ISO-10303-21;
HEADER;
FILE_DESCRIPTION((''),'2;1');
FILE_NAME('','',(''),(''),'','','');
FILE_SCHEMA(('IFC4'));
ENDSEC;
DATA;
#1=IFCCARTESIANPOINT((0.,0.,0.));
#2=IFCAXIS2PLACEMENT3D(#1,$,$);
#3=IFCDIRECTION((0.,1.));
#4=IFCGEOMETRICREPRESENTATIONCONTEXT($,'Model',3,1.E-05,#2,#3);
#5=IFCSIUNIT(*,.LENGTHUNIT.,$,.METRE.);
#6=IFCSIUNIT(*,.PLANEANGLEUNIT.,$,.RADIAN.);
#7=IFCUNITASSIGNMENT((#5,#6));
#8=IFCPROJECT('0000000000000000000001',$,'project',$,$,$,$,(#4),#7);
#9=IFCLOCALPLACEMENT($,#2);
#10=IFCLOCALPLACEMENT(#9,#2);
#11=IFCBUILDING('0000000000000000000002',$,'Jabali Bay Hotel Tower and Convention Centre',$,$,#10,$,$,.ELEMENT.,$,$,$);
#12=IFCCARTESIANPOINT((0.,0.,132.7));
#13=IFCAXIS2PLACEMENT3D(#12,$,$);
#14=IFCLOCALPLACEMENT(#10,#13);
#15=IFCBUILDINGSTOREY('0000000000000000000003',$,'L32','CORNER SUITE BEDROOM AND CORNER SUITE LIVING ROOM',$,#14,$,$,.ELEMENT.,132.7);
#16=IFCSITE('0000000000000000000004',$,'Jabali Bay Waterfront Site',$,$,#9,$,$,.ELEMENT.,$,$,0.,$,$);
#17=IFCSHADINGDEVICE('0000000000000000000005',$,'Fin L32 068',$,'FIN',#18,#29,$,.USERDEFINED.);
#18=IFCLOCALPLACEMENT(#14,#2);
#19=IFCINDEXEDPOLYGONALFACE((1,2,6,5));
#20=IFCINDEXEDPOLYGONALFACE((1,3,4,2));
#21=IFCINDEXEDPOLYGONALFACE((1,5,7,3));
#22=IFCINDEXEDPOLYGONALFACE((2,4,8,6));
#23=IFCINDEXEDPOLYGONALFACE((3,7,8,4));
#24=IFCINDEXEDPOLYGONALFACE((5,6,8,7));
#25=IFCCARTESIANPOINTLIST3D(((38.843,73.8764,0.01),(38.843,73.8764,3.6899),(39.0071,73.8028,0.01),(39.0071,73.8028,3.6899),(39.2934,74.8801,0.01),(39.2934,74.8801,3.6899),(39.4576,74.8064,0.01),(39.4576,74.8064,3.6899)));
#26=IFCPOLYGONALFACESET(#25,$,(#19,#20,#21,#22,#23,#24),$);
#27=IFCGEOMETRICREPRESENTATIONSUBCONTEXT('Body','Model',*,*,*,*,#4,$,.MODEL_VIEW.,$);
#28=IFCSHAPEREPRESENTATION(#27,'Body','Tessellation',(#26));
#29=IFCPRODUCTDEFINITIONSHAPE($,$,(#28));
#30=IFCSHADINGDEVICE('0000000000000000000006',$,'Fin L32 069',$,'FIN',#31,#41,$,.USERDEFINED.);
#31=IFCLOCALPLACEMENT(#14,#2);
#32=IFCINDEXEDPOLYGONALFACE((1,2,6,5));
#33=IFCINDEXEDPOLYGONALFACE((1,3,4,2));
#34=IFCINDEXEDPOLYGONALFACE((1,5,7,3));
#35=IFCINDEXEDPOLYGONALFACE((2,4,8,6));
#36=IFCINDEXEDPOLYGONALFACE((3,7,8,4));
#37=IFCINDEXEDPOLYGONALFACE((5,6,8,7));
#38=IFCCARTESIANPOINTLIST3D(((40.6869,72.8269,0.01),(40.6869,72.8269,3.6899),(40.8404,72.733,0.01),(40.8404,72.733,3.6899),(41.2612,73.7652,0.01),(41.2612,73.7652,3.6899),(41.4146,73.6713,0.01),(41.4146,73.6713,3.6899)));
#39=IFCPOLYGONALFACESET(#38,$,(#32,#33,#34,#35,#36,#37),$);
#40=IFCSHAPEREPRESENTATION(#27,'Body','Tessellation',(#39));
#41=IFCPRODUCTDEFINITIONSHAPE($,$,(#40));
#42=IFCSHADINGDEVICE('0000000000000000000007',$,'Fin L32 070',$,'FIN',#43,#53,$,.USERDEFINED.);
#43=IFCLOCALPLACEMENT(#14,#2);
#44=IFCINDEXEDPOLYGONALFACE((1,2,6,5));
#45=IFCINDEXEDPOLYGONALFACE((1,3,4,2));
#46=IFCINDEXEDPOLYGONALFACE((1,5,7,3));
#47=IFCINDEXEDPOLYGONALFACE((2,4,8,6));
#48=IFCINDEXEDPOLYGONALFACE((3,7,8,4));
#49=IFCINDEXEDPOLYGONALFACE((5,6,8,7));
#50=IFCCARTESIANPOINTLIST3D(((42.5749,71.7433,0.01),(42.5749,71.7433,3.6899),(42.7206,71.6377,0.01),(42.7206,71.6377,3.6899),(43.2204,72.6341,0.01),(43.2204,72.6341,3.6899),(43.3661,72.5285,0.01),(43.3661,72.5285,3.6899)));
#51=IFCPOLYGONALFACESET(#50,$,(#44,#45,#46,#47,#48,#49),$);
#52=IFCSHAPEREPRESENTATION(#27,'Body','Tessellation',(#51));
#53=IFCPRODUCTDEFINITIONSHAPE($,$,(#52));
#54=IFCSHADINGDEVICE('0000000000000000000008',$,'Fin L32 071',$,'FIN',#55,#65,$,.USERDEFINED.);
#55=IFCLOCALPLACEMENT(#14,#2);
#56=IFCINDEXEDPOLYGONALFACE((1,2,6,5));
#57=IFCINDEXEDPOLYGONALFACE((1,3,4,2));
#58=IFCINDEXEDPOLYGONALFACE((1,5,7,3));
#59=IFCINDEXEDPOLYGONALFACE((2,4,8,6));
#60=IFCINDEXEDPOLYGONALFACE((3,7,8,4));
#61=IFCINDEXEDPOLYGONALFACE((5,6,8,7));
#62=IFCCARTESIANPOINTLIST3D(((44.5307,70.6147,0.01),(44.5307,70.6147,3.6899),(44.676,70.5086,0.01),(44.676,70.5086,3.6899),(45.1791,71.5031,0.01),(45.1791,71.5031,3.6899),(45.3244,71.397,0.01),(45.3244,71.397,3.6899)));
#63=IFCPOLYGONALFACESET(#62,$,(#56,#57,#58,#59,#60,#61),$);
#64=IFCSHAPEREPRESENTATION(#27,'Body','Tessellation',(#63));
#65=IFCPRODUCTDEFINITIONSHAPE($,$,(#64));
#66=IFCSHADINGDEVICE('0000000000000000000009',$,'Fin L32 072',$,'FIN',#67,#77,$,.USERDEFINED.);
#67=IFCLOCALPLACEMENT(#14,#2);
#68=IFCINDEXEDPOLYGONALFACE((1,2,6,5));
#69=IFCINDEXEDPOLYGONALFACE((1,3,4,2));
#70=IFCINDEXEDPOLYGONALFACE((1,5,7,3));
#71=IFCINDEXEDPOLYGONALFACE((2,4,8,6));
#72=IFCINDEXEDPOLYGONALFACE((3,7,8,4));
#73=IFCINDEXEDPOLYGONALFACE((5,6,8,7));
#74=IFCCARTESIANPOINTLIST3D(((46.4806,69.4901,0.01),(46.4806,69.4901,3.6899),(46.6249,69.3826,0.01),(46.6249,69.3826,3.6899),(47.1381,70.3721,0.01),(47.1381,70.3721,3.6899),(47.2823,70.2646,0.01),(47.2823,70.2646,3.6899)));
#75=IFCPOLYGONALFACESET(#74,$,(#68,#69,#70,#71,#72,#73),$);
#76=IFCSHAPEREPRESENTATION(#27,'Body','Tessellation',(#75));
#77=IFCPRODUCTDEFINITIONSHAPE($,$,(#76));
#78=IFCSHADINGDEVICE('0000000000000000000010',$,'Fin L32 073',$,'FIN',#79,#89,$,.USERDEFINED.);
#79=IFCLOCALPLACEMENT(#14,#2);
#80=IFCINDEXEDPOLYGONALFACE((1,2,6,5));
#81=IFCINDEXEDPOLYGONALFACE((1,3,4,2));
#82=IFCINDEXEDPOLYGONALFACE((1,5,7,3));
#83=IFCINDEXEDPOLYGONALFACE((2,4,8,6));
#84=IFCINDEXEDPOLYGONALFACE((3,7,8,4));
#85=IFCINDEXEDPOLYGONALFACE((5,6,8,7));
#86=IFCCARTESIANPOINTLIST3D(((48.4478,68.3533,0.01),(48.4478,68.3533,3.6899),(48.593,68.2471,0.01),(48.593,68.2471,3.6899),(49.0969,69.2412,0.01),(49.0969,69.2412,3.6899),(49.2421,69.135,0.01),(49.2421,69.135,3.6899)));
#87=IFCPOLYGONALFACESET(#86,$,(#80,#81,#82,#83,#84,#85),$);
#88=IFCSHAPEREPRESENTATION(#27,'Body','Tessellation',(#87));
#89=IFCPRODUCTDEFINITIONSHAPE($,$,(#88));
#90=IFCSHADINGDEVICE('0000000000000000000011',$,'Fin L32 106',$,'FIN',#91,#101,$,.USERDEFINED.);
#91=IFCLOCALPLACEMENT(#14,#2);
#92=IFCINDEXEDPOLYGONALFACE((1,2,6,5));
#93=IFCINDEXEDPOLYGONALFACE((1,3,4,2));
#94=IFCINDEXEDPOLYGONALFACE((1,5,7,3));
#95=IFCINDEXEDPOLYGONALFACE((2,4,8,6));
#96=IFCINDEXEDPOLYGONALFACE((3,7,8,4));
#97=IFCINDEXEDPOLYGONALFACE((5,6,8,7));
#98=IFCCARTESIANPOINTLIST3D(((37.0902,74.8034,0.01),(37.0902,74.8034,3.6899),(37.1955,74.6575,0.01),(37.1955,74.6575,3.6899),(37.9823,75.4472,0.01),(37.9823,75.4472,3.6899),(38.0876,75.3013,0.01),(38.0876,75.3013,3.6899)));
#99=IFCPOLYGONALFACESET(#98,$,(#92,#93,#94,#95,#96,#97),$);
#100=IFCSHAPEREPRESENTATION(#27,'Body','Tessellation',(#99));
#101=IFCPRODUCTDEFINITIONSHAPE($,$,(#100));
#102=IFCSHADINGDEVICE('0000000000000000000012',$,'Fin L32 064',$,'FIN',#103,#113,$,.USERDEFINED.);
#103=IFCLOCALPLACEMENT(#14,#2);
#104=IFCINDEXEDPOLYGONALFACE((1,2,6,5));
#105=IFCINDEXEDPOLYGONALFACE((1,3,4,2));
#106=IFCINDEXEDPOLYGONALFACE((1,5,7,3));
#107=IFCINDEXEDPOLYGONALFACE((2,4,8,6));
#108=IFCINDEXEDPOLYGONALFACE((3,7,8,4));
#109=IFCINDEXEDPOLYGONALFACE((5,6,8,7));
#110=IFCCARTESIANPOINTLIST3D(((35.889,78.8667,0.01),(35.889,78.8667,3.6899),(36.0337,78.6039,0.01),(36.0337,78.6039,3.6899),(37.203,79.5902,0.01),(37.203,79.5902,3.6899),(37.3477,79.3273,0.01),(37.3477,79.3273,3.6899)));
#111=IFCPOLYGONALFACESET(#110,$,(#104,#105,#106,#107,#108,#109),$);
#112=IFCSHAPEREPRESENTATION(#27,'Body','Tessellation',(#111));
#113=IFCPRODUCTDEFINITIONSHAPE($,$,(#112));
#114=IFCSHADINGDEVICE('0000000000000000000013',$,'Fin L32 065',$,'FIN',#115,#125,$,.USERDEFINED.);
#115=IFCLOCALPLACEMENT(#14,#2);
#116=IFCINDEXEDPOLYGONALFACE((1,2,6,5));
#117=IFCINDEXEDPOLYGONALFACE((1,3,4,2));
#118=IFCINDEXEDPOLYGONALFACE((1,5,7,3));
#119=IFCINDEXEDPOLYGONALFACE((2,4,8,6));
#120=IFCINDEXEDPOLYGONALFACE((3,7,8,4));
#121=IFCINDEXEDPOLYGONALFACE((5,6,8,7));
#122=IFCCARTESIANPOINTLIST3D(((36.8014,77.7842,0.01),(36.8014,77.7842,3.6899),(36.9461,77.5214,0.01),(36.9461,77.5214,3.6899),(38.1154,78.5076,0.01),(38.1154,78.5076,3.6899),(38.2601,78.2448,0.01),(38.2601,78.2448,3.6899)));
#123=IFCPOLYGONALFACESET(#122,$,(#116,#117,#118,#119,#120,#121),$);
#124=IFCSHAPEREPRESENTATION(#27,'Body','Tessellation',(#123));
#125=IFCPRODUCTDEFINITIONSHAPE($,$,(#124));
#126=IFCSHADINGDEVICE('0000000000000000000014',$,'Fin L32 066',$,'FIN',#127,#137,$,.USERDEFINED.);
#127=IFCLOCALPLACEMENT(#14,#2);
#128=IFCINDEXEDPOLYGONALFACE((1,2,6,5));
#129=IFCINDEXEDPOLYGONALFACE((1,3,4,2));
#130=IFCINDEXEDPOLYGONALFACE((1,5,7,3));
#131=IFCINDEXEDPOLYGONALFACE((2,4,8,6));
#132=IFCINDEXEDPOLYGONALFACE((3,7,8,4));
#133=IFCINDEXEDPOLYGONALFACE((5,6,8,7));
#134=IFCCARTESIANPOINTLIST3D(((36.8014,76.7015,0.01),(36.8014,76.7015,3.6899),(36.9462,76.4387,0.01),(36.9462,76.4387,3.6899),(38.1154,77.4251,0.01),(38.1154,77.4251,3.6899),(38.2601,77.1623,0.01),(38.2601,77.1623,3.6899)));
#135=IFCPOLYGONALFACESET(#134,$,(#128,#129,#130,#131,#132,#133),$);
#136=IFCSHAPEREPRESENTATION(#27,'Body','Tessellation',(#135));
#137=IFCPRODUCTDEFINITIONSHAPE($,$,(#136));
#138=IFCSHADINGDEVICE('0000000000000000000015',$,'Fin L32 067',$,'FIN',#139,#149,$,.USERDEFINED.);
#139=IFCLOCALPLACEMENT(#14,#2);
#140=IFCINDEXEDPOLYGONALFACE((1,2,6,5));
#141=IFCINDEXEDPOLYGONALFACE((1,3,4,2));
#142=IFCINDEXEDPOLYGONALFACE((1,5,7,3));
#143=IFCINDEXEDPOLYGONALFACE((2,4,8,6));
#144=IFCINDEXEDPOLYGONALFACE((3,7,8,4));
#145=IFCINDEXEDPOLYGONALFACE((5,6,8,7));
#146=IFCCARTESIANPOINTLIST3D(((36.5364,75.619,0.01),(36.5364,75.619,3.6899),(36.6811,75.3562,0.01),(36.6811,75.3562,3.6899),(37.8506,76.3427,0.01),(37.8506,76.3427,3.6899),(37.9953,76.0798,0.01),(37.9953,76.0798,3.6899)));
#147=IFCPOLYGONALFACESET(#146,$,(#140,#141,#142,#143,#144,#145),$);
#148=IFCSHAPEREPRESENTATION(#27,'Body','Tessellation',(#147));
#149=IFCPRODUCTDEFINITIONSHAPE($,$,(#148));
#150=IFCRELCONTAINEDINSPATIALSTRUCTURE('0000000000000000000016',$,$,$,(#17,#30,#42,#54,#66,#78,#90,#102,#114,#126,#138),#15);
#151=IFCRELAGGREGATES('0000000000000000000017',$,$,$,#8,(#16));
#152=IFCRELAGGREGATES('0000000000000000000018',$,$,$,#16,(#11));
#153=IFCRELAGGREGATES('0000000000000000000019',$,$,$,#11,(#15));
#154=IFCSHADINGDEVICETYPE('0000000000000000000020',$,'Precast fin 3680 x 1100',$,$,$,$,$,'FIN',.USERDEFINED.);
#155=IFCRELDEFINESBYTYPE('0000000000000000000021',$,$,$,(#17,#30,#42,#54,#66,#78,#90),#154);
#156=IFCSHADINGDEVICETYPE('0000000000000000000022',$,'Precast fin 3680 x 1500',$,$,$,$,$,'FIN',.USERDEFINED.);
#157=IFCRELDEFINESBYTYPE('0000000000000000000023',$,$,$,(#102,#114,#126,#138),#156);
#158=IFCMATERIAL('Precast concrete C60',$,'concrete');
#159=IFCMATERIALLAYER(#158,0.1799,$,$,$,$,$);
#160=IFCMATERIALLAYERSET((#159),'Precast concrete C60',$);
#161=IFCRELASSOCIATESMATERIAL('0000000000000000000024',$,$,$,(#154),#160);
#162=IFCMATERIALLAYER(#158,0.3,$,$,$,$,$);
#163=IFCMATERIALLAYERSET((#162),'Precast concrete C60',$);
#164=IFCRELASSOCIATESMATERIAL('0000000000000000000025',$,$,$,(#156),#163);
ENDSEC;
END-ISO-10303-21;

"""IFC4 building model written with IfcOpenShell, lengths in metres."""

from ifc_helpers import new_model, si_unit, direction, frame, frame_2d, origin, place, context, subcontext, project, spatial, rectangle, extrude, material, layer, layer_set, type_object, element, save


model = new_model("IFC4")

# Units and contexts
model_context = context("Model", 3, precision=1e-05, world=origin(), true_north=direction((0.0, 1.0)))
body_context = subcontext(model_context, "Body", "Model", "MODEL_VIEW")
ifc_project = project(units=[si_unit("LENGTHUNIT", "METRE"), si_unit("PLANEANGLEUNIT", "RADIAN")], contexts=[model_context])

# Site, building, storey
site_placement = place(None, origin())
site = spatial("IfcSite", under=ifc_project, at=site_placement, Name="Jabali Bay Waterfront Site", CompositionType="ELEMENT", RefElevation=0.0)
building_placement = place(site_placement, origin())
building = spatial("IfcBuilding", under=site, at=building_placement, Name="Jabali Bay Hotel Tower and Convention Centre", CompositionType="ELEMENT")
storey_placement = place(building_placement, frame((0.0, 0.0, 132.7)))
storey = spatial("IfcBuildingStorey", under=building, at=storey_placement, Name="L32", Description="CORNER SUITE BEDROOM AND CORNER SUITE LIVING ROOM", CompositionType="ELEMENT", Elevation=132.7)

# Shading devices
ifc_material_1 = material(Name="Precast concrete C60", Category="concrete")
ifc_layer_1 = layer(ifc_material_1, 0.1799)
ifc_layer_set_1 = layer_set([ifc_layer_1], Name="Precast concrete C60")
shading_device_type_1 = type_object("IfcShadingDeviceType", Name="Precast fin 3680 x 1100", ElementType="FIN", PredefinedType="USERDEFINED", material=ifc_layer_set_1)
for number, where, z_axis, x_axis, name in (
    (1, (39.3755, 74.8433, 0.01), (0.0, 0.0, 1.0), (-0.409451, -0.912332, 0.0), "Fin L32 068"),
    (2, (41.3379, 73.7183, 0.01), (0.0, 0.0, 1.0), (-0.522015, -0.852936, 0.0), "Fin L32 069"),
    (3, (43.2932, 72.5813, 0.01), (0.0, 0.0, 1.0), (-0.586746, -0.809771, 0.0), "Fin L32 070"),
):
    element("IfcShadingDevice", number, at=place(storey_placement, frame(where, z_axis=z_axis, x_axis=x_axis)), inside=storey, type_object=shading_device_type_1, Name=name, ObjectType="FIN", PredefinedType="USERDEFINED", context=body_context, shape_type="SweptSolid", body=[
        extrude(rectangle(XDim=1.1001, YDim=0.1799, at=frame_2d((0.55, 0.0))), origin(), (0.0, 0.0, 1.0), 3.6799),
    ])
shading_device_1_placement = place(storey_placement, frame((45.2517, 71.45, 0.01), z_axis=(0.0, 0.0, 1.0), x_axis=(-0.589543, -0.807737, 0.0)))
element("IfcShadingDevice", 4, at=shading_device_1_placement, inside=storey, type_object=shading_device_type_1, Name="Fin L32 071", ObjectType="FIN", PredefinedType="USERDEFINED", context=body_context, shape_type="SweptSolid", body=[
    extrude(rectangle(XDim=1.0999, YDim=0.1799, at=frame_2d((0.5498, 0.0))), origin(), (0.0, 0.0, 1.0), 3.6799),
])
shading_device_2_placement = place(storey_placement, frame((47.2102, 70.3184, 0.01), z_axis=(0.0, 0.0, 1.0), x_axis=(-0.597618, -0.801781, 0.0)))
element("IfcShadingDevice", 5, at=shading_device_2_placement, inside=storey, type_object=shading_device_type_1, Name="Fin L32 072", ObjectType="FIN", PredefinedType="USERDEFINED", context=body_context, shape_type="SweptSolid", body=[
    extrude(rectangle(XDim=1.1001, YDim=0.1799, at=frame_2d((0.55, 0.0))), origin(), (0.0, 0.0, 1.0), 3.6799),
])
shading_device_3_placement = place(storey_placement, frame((49.1694, 69.188, 0.01), z_axis=(0.0, 0.0, 1.0), x_axis=(-0.590189, -0.807265, 0.0)))
element("IfcShadingDevice", 6, at=shading_device_3_placement, inside=storey, type_object=shading_device_type_1, Name="Fin L32 073", ObjectType="FIN", PredefinedType="USERDEFINED", context=body_context, shape_type="SweptSolid", body=[
    extrude(rectangle(XDim=1.0999, YDim=0.1799, at=frame_2d((0.5498, 0.0))), origin(), (0.0, 0.0, 1.0), 3.6799),
])
shading_device_4_placement = place(storey_placement, frame((38.0349, 75.3743, 0.01), z_axis=(0.0, 0.0, 1.0), x_axis=(-0.81089, -0.585199, 0.0)))
element("IfcShadingDevice", 7, at=shading_device_4_placement, inside=storey, type_object=shading_device_type_1, Name="Fin L32 106", ObjectType="FIN", PredefinedType="USERDEFINED", context=body_context, shape_type="SweptSolid", body=[
    extrude(rectangle(XDim=1.1001, YDim=0.1799, at=frame_2d((0.55, 0.0))), origin(), (0.0, 0.0, 1.0), 3.6799),
])
ifc_layer_2 = layer(ifc_material_1, 0.3)
ifc_layer_set_2 = layer_set([ifc_layer_2], Name="Precast concrete C60")
shading_device_type_2 = type_object("IfcShadingDeviceType", Name="Precast fin 3680 x 1500", ElementType="FIN", PredefinedType="USERDEFINED", material=ifc_layer_set_2)
for number, where, z_axis, x_axis, name in (
    (8, (37.2754, 79.4587, 0.01), (0.0, 0.0, 1.0), (-0.876017, -0.482281, 0.0), "Fin L32 064"),
    (9, (38.1877, 78.3762, 0.01), (0.0, 0.0, 1.0), (-0.876017, -0.482281, 0.0), "Fin L32 065"),
    (10, (38.1877, 77.2937, 0.01), (0.0, 0.0, 1.0), (-0.875948, -0.482406, 0.0), "Fin L32 066"),
):
    element("IfcShadingDevice", number, at=place(storey_placement, frame(where, z_axis=z_axis, x_axis=x_axis)), inside=storey, type_object=shading_device_type_2, Name=name, ObjectType="FIN", PredefinedType="USERDEFINED", context=body_context, shape_type="SweptSolid", body=[
        extrude(rectangle(XDim=1.5, YDim=0.3, at=frame_2d((0.75, 0.0))), origin(), (0.0, 0.0, 1.0), 3.6799),
    ])
shading_device_5_placement = place(storey_placement, frame((37.9229, 76.2112, 0.01), z_axis=(0.0, 0.0, 1.0), x_axis=(-0.875986, -0.482337, 0.0)))
element("IfcShadingDevice", 11, at=shading_device_5_placement, inside=storey, type_object=shading_device_type_2, Name="Fin L32 067", ObjectType="FIN", PredefinedType="USERDEFINED", context=body_context, shape_type="SweptSolid", body=[
    extrude(rectangle(XDim=1.5002, YDim=0.3, at=frame_2d((0.75, 0.0))), origin(), (0.0, 0.0, 1.0), 3.6799),
])

save(model, "model.ifc")
